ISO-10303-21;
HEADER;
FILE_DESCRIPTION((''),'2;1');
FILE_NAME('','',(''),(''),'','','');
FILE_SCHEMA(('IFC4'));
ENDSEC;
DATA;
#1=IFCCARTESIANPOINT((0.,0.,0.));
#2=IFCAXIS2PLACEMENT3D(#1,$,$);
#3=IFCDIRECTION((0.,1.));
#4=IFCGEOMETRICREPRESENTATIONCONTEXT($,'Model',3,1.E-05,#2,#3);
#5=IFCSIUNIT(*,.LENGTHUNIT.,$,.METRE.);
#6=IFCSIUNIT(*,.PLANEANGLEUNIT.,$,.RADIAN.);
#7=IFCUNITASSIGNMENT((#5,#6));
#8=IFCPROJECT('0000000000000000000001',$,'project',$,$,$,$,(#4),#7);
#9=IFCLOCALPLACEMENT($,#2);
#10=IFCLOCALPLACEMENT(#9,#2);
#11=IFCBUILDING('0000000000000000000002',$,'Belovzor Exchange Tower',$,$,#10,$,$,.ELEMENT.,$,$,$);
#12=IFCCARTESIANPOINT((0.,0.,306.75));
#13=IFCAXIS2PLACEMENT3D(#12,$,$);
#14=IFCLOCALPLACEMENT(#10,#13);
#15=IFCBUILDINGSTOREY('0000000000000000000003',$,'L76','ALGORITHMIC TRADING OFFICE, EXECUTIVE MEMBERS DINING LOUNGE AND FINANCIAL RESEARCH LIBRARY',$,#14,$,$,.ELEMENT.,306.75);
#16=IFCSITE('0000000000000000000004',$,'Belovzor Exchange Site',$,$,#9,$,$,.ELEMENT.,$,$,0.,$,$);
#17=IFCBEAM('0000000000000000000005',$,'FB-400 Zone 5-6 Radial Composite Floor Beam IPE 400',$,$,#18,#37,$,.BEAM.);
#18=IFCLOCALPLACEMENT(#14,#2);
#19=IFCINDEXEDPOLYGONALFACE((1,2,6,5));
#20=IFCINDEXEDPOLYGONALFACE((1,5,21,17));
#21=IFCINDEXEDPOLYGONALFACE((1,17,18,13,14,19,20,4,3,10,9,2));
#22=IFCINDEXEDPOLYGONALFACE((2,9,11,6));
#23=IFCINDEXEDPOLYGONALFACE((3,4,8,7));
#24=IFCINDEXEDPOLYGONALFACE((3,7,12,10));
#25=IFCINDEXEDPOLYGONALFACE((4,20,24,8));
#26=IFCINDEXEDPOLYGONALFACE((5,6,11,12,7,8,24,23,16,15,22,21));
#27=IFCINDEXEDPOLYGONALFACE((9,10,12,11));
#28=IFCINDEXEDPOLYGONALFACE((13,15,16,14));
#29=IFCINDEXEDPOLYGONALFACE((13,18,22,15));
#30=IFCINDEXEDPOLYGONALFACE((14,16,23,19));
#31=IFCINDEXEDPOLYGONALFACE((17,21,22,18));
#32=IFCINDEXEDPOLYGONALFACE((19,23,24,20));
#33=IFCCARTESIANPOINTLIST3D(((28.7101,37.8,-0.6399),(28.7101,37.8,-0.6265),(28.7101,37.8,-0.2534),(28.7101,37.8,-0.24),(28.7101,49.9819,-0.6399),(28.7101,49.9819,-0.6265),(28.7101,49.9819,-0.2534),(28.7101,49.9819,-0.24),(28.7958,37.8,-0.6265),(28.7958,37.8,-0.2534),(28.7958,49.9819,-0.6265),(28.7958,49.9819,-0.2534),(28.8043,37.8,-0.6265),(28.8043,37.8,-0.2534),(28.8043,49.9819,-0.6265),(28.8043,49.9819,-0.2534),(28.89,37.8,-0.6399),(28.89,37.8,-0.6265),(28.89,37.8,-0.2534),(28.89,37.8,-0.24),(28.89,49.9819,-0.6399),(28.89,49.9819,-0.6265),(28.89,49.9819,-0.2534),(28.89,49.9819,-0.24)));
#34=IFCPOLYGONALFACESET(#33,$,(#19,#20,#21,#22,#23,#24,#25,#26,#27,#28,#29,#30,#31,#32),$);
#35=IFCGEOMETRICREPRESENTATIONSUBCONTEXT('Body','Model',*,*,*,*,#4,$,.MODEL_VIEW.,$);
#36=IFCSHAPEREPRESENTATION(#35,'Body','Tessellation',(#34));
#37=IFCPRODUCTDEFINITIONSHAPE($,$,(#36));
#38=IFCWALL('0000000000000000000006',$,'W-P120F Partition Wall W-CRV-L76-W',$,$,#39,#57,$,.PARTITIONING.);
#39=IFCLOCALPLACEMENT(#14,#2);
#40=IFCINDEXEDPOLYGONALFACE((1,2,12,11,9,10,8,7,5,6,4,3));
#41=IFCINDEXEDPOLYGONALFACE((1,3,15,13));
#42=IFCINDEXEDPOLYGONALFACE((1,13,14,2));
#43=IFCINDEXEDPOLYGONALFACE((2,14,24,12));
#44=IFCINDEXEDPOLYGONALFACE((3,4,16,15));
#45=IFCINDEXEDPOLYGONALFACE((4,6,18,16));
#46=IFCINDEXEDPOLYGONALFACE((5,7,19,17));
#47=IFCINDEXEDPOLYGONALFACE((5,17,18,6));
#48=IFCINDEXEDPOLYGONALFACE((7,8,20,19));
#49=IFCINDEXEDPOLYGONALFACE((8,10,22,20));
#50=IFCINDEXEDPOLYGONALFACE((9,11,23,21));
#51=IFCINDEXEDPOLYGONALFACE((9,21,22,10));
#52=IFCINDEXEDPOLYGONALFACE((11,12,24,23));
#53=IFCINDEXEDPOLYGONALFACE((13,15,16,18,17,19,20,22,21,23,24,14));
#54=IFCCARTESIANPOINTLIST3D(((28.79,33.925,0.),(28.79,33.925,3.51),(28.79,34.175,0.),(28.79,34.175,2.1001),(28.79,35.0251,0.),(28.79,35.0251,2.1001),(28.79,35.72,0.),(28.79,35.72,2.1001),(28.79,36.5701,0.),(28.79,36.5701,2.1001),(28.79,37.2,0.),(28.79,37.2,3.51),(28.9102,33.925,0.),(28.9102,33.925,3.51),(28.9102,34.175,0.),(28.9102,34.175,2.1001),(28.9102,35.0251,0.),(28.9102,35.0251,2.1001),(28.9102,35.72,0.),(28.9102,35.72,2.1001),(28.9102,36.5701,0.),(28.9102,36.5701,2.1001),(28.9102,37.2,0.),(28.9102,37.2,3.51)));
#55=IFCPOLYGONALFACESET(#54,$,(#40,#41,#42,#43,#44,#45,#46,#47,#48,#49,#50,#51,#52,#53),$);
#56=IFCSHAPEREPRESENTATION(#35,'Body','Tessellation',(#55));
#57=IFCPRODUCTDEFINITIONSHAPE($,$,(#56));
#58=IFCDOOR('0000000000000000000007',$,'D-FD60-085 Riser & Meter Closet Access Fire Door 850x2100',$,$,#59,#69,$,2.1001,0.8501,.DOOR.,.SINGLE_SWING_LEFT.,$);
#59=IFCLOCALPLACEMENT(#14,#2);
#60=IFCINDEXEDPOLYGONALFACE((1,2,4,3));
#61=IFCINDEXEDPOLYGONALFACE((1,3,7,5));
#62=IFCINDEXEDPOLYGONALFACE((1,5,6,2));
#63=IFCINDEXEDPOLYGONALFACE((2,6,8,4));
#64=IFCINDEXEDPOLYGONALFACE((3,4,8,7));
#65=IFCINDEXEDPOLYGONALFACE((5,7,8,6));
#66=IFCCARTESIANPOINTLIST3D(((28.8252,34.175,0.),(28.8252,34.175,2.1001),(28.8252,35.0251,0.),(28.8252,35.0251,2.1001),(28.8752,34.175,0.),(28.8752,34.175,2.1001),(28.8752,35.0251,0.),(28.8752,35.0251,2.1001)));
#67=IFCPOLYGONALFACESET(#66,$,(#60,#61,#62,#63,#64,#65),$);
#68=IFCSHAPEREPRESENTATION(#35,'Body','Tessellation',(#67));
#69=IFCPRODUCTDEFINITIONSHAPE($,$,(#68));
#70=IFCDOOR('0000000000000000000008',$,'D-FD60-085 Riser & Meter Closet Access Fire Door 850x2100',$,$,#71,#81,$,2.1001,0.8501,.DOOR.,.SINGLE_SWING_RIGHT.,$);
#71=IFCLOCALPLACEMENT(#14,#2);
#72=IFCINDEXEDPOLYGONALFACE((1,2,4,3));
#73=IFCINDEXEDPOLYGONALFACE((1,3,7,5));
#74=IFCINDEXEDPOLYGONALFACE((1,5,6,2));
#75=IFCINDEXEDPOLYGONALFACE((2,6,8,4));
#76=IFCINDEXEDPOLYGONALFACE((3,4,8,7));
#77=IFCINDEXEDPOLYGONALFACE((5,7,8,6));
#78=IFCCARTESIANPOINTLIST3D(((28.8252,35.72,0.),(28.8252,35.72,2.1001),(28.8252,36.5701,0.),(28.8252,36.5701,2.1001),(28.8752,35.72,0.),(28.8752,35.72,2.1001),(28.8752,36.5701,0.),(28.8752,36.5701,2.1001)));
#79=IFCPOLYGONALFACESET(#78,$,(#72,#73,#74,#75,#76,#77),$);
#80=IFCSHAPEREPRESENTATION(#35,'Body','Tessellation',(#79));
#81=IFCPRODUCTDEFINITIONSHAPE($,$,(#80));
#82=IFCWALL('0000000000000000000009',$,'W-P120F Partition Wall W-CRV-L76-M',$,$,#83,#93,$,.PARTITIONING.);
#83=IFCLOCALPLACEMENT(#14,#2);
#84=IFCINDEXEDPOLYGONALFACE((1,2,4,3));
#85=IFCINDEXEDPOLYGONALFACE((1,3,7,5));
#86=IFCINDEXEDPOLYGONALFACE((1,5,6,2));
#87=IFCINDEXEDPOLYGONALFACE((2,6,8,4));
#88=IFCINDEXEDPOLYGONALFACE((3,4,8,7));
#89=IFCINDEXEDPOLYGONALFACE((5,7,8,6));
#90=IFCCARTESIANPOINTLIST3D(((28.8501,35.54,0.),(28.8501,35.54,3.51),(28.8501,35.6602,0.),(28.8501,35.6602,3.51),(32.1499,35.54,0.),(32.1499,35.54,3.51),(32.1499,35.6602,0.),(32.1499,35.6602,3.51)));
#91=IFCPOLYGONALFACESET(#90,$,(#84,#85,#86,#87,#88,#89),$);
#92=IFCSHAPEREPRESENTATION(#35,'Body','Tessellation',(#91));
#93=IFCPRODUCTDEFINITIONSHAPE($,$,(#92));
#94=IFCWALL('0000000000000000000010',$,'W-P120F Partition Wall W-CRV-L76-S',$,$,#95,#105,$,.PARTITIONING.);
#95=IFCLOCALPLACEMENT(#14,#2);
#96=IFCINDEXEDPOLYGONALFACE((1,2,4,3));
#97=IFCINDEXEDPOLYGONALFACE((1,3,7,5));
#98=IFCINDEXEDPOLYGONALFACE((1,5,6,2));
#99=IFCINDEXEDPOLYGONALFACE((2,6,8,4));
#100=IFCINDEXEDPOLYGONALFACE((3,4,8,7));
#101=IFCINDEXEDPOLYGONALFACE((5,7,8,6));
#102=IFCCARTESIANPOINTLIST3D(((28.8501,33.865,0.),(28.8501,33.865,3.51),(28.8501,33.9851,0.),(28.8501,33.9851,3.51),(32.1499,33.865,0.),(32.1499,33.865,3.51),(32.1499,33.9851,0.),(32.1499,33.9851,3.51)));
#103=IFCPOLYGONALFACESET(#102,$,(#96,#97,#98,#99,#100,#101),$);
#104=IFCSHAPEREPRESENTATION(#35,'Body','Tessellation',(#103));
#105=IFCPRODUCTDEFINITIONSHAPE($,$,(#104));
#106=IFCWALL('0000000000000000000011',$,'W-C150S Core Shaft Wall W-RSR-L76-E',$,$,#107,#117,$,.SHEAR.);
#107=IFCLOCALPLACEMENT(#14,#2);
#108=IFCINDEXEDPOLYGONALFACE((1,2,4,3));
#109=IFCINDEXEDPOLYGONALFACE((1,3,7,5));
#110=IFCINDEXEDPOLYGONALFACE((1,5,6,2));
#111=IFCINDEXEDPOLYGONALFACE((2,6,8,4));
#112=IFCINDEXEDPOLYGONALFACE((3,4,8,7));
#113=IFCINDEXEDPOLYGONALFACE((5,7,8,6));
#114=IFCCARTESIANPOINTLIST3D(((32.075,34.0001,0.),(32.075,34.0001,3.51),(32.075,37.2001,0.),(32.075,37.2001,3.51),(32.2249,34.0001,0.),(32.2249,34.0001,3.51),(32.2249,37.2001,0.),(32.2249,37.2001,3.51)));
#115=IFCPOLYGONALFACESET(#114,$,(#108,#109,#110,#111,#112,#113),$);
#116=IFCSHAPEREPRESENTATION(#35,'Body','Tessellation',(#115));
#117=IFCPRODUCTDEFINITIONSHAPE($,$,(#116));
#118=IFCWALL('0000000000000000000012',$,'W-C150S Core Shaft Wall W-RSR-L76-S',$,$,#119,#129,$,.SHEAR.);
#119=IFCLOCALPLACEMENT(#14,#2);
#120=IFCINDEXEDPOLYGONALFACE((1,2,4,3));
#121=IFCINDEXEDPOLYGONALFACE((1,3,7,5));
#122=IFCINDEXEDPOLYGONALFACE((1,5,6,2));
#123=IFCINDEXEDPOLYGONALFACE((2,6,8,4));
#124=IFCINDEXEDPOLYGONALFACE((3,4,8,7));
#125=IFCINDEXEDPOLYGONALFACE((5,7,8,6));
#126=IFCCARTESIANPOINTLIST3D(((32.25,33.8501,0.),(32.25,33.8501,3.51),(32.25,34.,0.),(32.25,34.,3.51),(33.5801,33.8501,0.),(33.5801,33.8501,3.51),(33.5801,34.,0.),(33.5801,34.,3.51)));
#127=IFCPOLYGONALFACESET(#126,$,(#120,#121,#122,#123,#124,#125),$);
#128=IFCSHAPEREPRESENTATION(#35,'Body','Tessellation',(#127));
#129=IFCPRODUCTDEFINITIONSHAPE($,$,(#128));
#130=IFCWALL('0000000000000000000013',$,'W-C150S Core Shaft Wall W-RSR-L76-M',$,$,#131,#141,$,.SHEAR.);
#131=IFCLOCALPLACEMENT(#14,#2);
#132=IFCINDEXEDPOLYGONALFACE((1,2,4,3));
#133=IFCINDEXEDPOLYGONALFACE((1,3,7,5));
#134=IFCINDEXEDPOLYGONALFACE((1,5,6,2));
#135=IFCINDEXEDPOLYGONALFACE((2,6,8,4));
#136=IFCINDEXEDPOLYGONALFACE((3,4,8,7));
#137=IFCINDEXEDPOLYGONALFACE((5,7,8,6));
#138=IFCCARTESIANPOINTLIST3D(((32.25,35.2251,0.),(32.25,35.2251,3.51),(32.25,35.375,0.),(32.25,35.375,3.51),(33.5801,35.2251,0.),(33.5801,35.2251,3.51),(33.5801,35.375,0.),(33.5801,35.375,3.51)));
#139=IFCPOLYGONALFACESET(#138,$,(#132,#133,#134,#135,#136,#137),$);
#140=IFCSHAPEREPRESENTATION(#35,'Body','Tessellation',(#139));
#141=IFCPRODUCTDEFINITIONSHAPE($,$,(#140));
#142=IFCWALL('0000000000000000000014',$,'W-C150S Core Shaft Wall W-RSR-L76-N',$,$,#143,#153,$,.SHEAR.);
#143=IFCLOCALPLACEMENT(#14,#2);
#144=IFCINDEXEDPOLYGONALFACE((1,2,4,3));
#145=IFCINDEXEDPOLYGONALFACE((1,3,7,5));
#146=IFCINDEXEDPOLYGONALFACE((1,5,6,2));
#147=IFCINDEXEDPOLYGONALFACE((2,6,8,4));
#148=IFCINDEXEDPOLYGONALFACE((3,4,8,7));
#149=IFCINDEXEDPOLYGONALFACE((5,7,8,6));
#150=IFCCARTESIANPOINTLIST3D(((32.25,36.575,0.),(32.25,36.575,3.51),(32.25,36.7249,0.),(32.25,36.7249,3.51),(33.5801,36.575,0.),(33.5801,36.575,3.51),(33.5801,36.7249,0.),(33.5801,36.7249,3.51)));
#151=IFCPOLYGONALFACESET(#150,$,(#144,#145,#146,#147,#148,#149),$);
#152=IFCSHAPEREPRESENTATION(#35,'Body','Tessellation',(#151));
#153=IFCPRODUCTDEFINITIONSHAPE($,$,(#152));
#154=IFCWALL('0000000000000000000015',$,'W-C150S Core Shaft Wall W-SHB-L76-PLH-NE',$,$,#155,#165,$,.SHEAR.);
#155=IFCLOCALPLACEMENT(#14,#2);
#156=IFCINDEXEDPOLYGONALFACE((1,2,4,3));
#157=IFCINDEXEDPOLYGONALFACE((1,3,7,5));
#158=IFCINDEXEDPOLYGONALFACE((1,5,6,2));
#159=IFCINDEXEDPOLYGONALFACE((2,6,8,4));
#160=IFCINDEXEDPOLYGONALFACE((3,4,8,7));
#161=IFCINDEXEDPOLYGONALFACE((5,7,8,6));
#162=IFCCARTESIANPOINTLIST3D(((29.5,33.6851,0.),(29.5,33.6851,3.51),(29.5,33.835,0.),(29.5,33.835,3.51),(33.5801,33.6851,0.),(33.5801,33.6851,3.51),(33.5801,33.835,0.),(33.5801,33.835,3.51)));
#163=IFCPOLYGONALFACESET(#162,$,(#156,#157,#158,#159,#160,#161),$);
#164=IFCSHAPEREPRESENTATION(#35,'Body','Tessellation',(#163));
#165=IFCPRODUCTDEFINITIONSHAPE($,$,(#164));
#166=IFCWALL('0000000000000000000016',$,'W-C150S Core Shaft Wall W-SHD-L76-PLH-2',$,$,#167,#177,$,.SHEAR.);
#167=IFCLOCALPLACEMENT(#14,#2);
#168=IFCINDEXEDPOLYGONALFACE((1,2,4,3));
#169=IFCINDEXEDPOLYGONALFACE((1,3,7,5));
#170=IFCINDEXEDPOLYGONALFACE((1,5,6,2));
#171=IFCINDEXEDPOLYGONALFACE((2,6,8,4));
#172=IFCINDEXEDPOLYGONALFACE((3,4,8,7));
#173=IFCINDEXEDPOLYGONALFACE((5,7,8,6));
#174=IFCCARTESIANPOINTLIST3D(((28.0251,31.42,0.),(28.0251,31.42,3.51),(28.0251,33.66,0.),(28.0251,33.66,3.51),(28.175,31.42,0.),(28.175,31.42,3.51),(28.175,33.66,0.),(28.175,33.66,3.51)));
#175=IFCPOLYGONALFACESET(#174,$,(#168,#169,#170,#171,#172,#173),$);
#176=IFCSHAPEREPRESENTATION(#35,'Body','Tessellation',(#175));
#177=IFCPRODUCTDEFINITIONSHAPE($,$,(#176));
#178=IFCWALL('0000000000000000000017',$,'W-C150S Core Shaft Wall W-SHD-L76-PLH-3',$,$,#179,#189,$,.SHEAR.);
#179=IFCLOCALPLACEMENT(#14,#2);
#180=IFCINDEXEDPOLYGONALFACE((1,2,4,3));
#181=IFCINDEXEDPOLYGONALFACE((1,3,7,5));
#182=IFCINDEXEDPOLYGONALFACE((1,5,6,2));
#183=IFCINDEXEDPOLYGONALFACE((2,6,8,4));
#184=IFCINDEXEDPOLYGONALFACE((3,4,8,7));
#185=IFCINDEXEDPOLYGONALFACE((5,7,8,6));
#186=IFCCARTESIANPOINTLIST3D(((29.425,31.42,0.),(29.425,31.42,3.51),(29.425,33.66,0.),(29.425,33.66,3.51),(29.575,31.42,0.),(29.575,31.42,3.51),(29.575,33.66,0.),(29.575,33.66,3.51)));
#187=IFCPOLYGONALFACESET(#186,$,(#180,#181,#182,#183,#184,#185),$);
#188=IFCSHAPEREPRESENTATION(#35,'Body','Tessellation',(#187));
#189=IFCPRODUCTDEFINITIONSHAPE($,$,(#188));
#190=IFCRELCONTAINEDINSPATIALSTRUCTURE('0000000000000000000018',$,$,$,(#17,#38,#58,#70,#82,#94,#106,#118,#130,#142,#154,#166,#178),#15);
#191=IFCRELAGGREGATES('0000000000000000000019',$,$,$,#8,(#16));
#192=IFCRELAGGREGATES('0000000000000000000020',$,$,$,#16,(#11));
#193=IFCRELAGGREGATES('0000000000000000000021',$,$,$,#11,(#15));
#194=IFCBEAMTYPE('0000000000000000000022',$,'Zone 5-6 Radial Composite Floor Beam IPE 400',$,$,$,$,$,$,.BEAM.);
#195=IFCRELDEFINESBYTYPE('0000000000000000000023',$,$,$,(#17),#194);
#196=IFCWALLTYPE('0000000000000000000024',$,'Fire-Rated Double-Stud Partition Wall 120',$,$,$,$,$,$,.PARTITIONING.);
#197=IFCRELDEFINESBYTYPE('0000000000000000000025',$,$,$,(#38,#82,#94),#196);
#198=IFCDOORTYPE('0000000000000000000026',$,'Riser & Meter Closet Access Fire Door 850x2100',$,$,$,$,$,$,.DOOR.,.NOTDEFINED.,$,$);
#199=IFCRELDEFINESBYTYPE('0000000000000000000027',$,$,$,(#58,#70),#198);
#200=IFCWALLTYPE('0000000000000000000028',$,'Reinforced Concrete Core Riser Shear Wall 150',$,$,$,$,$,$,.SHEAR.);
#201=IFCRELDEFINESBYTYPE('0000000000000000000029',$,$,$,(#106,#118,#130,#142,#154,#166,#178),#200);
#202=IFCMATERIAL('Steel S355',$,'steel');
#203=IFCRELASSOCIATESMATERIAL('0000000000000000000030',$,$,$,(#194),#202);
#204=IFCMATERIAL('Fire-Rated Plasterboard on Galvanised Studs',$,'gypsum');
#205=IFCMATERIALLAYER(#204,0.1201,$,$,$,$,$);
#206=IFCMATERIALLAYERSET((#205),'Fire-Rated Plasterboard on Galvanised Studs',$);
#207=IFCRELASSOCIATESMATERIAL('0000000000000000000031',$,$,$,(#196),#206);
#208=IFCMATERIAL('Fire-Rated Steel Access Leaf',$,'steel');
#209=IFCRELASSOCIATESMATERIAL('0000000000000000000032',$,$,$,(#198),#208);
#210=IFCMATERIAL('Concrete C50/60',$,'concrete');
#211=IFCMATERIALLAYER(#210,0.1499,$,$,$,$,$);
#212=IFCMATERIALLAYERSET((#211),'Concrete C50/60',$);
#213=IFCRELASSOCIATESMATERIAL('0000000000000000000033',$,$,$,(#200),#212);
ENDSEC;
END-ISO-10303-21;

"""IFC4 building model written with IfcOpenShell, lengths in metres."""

from ifc_helpers import new_model, si_unit, direction, frame, frame_2d, origin, origin_2d, place, context, subcontext, project, spatial, rectangle, i_section, extrude, material, layer, layer_set, material_profile, profile_set, type_object, element, fill, save


model = new_model("IFC4")

# Units and contexts
model_context = context("Model", 3, precision=1e-05, world=origin(), true_north=direction((0.0, 1.0)))
body_context = subcontext(model_context, "Body", "Model", "MODEL_VIEW")
ifc_project = project(units=[si_unit("LENGTHUNIT", "METRE"), si_unit("PLANEANGLEUNIT", "RADIAN")], contexts=[model_context])

# Site, building, storey
site_placement = place(None, origin())
site = spatial("IfcSite", under=ifc_project, at=site_placement, Name="Belovzor Exchange Site", CompositionType="ELEMENT", RefElevation=0.0)
building_placement = place(site_placement, origin())
building = spatial("IfcBuilding", under=site, at=building_placement, Name="Belovzor Exchange Tower", CompositionType="ELEMENT")
storey_placement = place(building_placement, frame((0.0, 0.0, 306.75)))
storey = spatial("IfcBuildingStorey", under=building, at=storey_placement, Name="L76", Description="ALGORITHMIC TRADING OFFICE, EXECUTIVE MEMBERS DINING LOUNGE AND FINANCIAL RESEARCH LIBRARY", CompositionType="ELEMENT", Elevation=306.75)

# Beam
ifc_material_1 = material(Name="Steel S355", Category="steel")
ifc_material_profile = material_profile(ifc_material_1, i_section(OverallWidth=0.1799, OverallDepth=0.3999, WebThickness=0.0085, FlangeThickness=0.0134, at=origin_2d()))
ifc_profile_set = profile_set([ifc_material_profile], Name="Steel S355")
beam_type = type_object("IfcBeamType", Name="Zone 5-6 Radial Composite Floor Beam IPE 400", PredefinedType="BEAM", material=ifc_profile_set)
beam_placement = place(storey_placement, frame((28.8, 37.8, -0.4399), z_axis=(0.0, 1.0, 0.0), x_axis=(-1.0, 0.0, 0.0)))
element("IfcBeam", 1, at=beam_placement, inside=storey, type_object=beam_type, Name="FB-400 Zone 5-6 Radial Composite Floor Beam IPE 400", PredefinedType="BEAM", context=body_context, shape_type="SweptSolid", body=[
    extrude(i_section(OverallWidth=0.1799, OverallDepth=0.3999, WebThickness=0.0085, FlangeThickness=0.0134, at=origin_2d()), origin(), (0.0, 0.0, 1.0), 12.1819),
])

# Wall, openings, doors
ifc_material_2 = material(Name="Fire-Rated Plasterboard on Galvanised Studs", Category="gypsum")
ifc_layer_1 = layer(ifc_material_2, 0.1201)
ifc_layer_set_1 = layer_set([ifc_layer_1], Name="Fire-Rated Plasterboard on Galvanised Studs")
wall_type_1 = type_object("IfcWallType", Name="Fire-Rated Double-Stud Partition Wall 120", PredefinedType="PARTITIONING", material=ifc_layer_set_1)
wall_1_placement = place(storey_placement, frame((28.8501, 33.925, 0.0), z_axis=(0.0, 0.0, 1.0), x_axis=(0.0, 1.0, 0.0)))
wall_1 = element("IfcWall", 2, at=wall_1_placement, inside=storey, type_object=wall_type_1, Name="W-P120F Partition Wall W-CRV-L76-W", PredefinedType="PARTITIONING", context=body_context, shape_type="SweptSolid", body=[
    extrude(rectangle(XDim=3.2749, YDim=0.1201, at=frame_2d((1.6375, 0.0))), origin(), (0.0, 0.0, 1.0), 3.51),
])
opening_1_placement = place(wall_1_placement, frame((0.25, 0.0, 0.0)))
opening_1 = element("IfcOpeningElement", 3, at=opening_1_placement, cuts=wall_1, PredefinedType="OPENING", context=body_context, shape_type="SweptSolid", body=[
    extrude(rectangle(XDim=0.8501, YDim=2.1001, at=frame_2d((0.425, 1.05))), frame((0.0, 0.0701, 0.0), z_axis=(0.0, -1.0, 0.0), x_axis=(1.0, 0.0, 0.0)), (0.0, 0.0, 1.0), 0.1401),
])
opening_2_placement = place(wall_1_placement, frame((1.7949, 0.0, 0.0)))
opening_2 = element("IfcOpeningElement", 4, at=opening_2_placement, cuts=wall_1, PredefinedType="OPENING", context=body_context, shape_type="SweptSolid", body=[
    extrude(rectangle(XDim=0.8501, YDim=2.1001, at=frame_2d((0.425, 1.05))), frame((0.0, 0.0701, 0.0), z_axis=(0.0, -1.0, 0.0), x_axis=(1.0, 0.0, 0.0)), (0.0, 0.0, 1.0), 0.1401),
])
ifc_material_3 = material(Name="Fire-Rated Steel Access Leaf", Category="steel")
door_type_1 = type_object("IfcDoorType", Name="Riser & Meter Closet Access Fire Door 850x2100", OperationType="NOTDEFINED", PredefinedType="DOOR", material=ifc_material_3)
door_1_placement = place(opening_1_placement, origin())
door_1 = element("IfcDoor", 5, at=door_1_placement, inside=storey, type_object=door_type_1, Name="D-FD60-085 Riser & Meter Closet Access Fire Door 850x2100", OperationType="SINGLE_SWING_LEFT", OverallHeight=2.1001, OverallWidth=0.8501, PredefinedType="DOOR", context=body_context, shape_type="SweptSolid", body=[
    extrude(rectangle(XDim=0.8501, YDim=2.1001, at=frame_2d((0.425, 1.05))), frame((0.0, 0.0249, 0.0), z_axis=(0.0, -1.0, 0.0), x_axis=(1.0, 0.0, 0.0)), (0.0, 0.0, 1.0), 0.05),
])
fill(opening_1, door_1)
door_2_placement = place(opening_2_placement, origin())
door_2 = element("IfcDoor", 6, at=door_2_placement, inside=storey, type_object=door_type_1, Name="D-FD60-085 Riser & Meter Closet Access Fire Door 850x2100", OperationType="SINGLE_SWING_RIGHT", OverallHeight=2.1001, OverallWidth=0.8501, PredefinedType="DOOR", context=body_context, shape_type="SweptSolid", body=[
    extrude(rectangle(XDim=0.8501, YDim=2.1001, at=frame_2d((0.425, 1.05))), frame((0.0, 0.0249, 0.0), z_axis=(0.0, -1.0, 0.0), x_axis=(1.0, 0.0, 0.0)), (0.0, 0.0, 1.0), 0.05),
])
fill(opening_2, door_2)

# Walls
for number, where, z_axis, x_axis, name in (
    (7, (28.8501, 35.6001, 0.0), (0.0, 0.0, 1.0), (1.0, 0.0, 0.0), "W-P120F Partition Wall W-CRV-L76-M"),
    (8, (28.8501, 33.925, 0.0), (0.0, 0.0, 1.0), (1.0, 0.0, 0.0), "W-P120F Partition Wall W-CRV-L76-S"),
):
    element("IfcWall", number, at=place(storey_placement, frame(where, z_axis=z_axis, x_axis=x_axis)), inside=storey, type_object=wall_type_1, Name=name, PredefinedType="PARTITIONING", context=body_context, shape_type="SweptSolid", body=[
        extrude(rectangle(XDim=3.2998, YDim=0.1201, at=frame_2d((1.6499, 0.0))), origin(), (0.0, 0.0, 1.0), 3.51),
    ])
ifc_material_4 = material(Name="Concrete C50/60", Category="concrete")
ifc_layer_2 = layer(ifc_material_4, 0.1499)
ifc_layer_set_2 = layer_set([ifc_layer_2], Name="Concrete C50/60")
wall_type_2 = type_object("IfcWallType", Name="Reinforced Concrete Core Riser Shear Wall 150", PredefinedType="SHEAR", material=ifc_layer_set_2)
wall_2_placement = place(storey_placement, frame((32.1499, 34.0, 0.0), z_axis=(0.0, 0.0, 1.0), x_axis=(0.0, 1.0, 0.0)))
element("IfcWall", 9, at=wall_2_placement, inside=storey, type_object=wall_type_2, Name="W-C150S Core Shaft Wall W-RSR-L76-E", PredefinedType="SHEAR", context=body_context, shape_type="SweptSolid", body=[
    extrude(rectangle(XDim=3.2, YDim=0.1499, at=frame_2d((1.6001, 0.0))), origin(), (0.0, 0.0, 1.0), 3.51),
])
for number, where, z_axis, x_axis, name in (
    (10, (32.25, 33.925, 0.0), (0.0, 0.0, 1.0), (1.0, 0.0, 0.0), "W-C150S Core Shaft Wall W-RSR-L76-S"),
    (11, (32.25, 35.3, 0.0), (0.0, 0.0, 1.0), (1.0, 0.0, 0.0), "W-C150S Core Shaft Wall W-RSR-L76-M"),
    (12, (32.25, 36.6499, 0.0), (0.0, 0.0, 1.0), (1.0, 0.0, 0.0), "W-C150S Core Shaft Wall W-RSR-L76-N"),
):
    element("IfcWall", number, at=place(storey_placement, frame(where, z_axis=z_axis, x_axis=x_axis)), inside=storey, type_object=wall_type_2, Name=name, PredefinedType="SHEAR", context=body_context, shape_type="SweptSolid", body=[
        extrude(rectangle(XDim=1.3301, YDim=0.1499, at=frame_2d((0.665, 0.0))), origin(), (0.0, 0.0, 1.0), 3.51),
    ])
wall_3_placement = place(storey_placement, frame((29.5, 33.76, 0.0), z_axis=(0.0, 0.0, 1.0), x_axis=(1.0, 0.0, 0.0)))
element("IfcWall", 13, at=wall_3_placement, inside=storey, type_object=wall_type_2, Name="W-C150S Core Shaft Wall W-SHB-L76-PLH-NE", PredefinedType="SHEAR", context=body_context, shape_type="SweptSolid", body=[
    extrude(rectangle(XDim=4.0801, YDim=0.1499, at=frame_2d((2.04, 0.0))), origin(), (0.0, 0.0, 1.0), 3.51),
])
for number, where, z_axis, x_axis, name in (
    (14, (28.1001, 31.4199, 0.0), (0.0, 0.0, 1.0), (0.0, 1.0, 0.0), "W-C150S Core Shaft Wall W-SHD-L76-PLH-2"),
    (15, (29.5, 31.4199, 0.0), (0.0, 0.0, 1.0), (0.0, 1.0, 0.0), "W-C150S Core Shaft Wall W-SHD-L76-PLH-3"),
):
    element("IfcWall", number, at=place(storey_placement, frame(where, z_axis=z_axis, x_axis=x_axis)), inside=storey, type_object=wall_type_2, Name=name, PredefinedType="SHEAR", context=body_context, shape_type="SweptSolid", body=[
        extrude(rectangle(XDim=2.24, YDim=0.1499, at=frame_2d((1.1201, 0.0))), origin(), (0.0, 0.0, 1.0), 3.51),
    ])

save(model, "model.ifc")
